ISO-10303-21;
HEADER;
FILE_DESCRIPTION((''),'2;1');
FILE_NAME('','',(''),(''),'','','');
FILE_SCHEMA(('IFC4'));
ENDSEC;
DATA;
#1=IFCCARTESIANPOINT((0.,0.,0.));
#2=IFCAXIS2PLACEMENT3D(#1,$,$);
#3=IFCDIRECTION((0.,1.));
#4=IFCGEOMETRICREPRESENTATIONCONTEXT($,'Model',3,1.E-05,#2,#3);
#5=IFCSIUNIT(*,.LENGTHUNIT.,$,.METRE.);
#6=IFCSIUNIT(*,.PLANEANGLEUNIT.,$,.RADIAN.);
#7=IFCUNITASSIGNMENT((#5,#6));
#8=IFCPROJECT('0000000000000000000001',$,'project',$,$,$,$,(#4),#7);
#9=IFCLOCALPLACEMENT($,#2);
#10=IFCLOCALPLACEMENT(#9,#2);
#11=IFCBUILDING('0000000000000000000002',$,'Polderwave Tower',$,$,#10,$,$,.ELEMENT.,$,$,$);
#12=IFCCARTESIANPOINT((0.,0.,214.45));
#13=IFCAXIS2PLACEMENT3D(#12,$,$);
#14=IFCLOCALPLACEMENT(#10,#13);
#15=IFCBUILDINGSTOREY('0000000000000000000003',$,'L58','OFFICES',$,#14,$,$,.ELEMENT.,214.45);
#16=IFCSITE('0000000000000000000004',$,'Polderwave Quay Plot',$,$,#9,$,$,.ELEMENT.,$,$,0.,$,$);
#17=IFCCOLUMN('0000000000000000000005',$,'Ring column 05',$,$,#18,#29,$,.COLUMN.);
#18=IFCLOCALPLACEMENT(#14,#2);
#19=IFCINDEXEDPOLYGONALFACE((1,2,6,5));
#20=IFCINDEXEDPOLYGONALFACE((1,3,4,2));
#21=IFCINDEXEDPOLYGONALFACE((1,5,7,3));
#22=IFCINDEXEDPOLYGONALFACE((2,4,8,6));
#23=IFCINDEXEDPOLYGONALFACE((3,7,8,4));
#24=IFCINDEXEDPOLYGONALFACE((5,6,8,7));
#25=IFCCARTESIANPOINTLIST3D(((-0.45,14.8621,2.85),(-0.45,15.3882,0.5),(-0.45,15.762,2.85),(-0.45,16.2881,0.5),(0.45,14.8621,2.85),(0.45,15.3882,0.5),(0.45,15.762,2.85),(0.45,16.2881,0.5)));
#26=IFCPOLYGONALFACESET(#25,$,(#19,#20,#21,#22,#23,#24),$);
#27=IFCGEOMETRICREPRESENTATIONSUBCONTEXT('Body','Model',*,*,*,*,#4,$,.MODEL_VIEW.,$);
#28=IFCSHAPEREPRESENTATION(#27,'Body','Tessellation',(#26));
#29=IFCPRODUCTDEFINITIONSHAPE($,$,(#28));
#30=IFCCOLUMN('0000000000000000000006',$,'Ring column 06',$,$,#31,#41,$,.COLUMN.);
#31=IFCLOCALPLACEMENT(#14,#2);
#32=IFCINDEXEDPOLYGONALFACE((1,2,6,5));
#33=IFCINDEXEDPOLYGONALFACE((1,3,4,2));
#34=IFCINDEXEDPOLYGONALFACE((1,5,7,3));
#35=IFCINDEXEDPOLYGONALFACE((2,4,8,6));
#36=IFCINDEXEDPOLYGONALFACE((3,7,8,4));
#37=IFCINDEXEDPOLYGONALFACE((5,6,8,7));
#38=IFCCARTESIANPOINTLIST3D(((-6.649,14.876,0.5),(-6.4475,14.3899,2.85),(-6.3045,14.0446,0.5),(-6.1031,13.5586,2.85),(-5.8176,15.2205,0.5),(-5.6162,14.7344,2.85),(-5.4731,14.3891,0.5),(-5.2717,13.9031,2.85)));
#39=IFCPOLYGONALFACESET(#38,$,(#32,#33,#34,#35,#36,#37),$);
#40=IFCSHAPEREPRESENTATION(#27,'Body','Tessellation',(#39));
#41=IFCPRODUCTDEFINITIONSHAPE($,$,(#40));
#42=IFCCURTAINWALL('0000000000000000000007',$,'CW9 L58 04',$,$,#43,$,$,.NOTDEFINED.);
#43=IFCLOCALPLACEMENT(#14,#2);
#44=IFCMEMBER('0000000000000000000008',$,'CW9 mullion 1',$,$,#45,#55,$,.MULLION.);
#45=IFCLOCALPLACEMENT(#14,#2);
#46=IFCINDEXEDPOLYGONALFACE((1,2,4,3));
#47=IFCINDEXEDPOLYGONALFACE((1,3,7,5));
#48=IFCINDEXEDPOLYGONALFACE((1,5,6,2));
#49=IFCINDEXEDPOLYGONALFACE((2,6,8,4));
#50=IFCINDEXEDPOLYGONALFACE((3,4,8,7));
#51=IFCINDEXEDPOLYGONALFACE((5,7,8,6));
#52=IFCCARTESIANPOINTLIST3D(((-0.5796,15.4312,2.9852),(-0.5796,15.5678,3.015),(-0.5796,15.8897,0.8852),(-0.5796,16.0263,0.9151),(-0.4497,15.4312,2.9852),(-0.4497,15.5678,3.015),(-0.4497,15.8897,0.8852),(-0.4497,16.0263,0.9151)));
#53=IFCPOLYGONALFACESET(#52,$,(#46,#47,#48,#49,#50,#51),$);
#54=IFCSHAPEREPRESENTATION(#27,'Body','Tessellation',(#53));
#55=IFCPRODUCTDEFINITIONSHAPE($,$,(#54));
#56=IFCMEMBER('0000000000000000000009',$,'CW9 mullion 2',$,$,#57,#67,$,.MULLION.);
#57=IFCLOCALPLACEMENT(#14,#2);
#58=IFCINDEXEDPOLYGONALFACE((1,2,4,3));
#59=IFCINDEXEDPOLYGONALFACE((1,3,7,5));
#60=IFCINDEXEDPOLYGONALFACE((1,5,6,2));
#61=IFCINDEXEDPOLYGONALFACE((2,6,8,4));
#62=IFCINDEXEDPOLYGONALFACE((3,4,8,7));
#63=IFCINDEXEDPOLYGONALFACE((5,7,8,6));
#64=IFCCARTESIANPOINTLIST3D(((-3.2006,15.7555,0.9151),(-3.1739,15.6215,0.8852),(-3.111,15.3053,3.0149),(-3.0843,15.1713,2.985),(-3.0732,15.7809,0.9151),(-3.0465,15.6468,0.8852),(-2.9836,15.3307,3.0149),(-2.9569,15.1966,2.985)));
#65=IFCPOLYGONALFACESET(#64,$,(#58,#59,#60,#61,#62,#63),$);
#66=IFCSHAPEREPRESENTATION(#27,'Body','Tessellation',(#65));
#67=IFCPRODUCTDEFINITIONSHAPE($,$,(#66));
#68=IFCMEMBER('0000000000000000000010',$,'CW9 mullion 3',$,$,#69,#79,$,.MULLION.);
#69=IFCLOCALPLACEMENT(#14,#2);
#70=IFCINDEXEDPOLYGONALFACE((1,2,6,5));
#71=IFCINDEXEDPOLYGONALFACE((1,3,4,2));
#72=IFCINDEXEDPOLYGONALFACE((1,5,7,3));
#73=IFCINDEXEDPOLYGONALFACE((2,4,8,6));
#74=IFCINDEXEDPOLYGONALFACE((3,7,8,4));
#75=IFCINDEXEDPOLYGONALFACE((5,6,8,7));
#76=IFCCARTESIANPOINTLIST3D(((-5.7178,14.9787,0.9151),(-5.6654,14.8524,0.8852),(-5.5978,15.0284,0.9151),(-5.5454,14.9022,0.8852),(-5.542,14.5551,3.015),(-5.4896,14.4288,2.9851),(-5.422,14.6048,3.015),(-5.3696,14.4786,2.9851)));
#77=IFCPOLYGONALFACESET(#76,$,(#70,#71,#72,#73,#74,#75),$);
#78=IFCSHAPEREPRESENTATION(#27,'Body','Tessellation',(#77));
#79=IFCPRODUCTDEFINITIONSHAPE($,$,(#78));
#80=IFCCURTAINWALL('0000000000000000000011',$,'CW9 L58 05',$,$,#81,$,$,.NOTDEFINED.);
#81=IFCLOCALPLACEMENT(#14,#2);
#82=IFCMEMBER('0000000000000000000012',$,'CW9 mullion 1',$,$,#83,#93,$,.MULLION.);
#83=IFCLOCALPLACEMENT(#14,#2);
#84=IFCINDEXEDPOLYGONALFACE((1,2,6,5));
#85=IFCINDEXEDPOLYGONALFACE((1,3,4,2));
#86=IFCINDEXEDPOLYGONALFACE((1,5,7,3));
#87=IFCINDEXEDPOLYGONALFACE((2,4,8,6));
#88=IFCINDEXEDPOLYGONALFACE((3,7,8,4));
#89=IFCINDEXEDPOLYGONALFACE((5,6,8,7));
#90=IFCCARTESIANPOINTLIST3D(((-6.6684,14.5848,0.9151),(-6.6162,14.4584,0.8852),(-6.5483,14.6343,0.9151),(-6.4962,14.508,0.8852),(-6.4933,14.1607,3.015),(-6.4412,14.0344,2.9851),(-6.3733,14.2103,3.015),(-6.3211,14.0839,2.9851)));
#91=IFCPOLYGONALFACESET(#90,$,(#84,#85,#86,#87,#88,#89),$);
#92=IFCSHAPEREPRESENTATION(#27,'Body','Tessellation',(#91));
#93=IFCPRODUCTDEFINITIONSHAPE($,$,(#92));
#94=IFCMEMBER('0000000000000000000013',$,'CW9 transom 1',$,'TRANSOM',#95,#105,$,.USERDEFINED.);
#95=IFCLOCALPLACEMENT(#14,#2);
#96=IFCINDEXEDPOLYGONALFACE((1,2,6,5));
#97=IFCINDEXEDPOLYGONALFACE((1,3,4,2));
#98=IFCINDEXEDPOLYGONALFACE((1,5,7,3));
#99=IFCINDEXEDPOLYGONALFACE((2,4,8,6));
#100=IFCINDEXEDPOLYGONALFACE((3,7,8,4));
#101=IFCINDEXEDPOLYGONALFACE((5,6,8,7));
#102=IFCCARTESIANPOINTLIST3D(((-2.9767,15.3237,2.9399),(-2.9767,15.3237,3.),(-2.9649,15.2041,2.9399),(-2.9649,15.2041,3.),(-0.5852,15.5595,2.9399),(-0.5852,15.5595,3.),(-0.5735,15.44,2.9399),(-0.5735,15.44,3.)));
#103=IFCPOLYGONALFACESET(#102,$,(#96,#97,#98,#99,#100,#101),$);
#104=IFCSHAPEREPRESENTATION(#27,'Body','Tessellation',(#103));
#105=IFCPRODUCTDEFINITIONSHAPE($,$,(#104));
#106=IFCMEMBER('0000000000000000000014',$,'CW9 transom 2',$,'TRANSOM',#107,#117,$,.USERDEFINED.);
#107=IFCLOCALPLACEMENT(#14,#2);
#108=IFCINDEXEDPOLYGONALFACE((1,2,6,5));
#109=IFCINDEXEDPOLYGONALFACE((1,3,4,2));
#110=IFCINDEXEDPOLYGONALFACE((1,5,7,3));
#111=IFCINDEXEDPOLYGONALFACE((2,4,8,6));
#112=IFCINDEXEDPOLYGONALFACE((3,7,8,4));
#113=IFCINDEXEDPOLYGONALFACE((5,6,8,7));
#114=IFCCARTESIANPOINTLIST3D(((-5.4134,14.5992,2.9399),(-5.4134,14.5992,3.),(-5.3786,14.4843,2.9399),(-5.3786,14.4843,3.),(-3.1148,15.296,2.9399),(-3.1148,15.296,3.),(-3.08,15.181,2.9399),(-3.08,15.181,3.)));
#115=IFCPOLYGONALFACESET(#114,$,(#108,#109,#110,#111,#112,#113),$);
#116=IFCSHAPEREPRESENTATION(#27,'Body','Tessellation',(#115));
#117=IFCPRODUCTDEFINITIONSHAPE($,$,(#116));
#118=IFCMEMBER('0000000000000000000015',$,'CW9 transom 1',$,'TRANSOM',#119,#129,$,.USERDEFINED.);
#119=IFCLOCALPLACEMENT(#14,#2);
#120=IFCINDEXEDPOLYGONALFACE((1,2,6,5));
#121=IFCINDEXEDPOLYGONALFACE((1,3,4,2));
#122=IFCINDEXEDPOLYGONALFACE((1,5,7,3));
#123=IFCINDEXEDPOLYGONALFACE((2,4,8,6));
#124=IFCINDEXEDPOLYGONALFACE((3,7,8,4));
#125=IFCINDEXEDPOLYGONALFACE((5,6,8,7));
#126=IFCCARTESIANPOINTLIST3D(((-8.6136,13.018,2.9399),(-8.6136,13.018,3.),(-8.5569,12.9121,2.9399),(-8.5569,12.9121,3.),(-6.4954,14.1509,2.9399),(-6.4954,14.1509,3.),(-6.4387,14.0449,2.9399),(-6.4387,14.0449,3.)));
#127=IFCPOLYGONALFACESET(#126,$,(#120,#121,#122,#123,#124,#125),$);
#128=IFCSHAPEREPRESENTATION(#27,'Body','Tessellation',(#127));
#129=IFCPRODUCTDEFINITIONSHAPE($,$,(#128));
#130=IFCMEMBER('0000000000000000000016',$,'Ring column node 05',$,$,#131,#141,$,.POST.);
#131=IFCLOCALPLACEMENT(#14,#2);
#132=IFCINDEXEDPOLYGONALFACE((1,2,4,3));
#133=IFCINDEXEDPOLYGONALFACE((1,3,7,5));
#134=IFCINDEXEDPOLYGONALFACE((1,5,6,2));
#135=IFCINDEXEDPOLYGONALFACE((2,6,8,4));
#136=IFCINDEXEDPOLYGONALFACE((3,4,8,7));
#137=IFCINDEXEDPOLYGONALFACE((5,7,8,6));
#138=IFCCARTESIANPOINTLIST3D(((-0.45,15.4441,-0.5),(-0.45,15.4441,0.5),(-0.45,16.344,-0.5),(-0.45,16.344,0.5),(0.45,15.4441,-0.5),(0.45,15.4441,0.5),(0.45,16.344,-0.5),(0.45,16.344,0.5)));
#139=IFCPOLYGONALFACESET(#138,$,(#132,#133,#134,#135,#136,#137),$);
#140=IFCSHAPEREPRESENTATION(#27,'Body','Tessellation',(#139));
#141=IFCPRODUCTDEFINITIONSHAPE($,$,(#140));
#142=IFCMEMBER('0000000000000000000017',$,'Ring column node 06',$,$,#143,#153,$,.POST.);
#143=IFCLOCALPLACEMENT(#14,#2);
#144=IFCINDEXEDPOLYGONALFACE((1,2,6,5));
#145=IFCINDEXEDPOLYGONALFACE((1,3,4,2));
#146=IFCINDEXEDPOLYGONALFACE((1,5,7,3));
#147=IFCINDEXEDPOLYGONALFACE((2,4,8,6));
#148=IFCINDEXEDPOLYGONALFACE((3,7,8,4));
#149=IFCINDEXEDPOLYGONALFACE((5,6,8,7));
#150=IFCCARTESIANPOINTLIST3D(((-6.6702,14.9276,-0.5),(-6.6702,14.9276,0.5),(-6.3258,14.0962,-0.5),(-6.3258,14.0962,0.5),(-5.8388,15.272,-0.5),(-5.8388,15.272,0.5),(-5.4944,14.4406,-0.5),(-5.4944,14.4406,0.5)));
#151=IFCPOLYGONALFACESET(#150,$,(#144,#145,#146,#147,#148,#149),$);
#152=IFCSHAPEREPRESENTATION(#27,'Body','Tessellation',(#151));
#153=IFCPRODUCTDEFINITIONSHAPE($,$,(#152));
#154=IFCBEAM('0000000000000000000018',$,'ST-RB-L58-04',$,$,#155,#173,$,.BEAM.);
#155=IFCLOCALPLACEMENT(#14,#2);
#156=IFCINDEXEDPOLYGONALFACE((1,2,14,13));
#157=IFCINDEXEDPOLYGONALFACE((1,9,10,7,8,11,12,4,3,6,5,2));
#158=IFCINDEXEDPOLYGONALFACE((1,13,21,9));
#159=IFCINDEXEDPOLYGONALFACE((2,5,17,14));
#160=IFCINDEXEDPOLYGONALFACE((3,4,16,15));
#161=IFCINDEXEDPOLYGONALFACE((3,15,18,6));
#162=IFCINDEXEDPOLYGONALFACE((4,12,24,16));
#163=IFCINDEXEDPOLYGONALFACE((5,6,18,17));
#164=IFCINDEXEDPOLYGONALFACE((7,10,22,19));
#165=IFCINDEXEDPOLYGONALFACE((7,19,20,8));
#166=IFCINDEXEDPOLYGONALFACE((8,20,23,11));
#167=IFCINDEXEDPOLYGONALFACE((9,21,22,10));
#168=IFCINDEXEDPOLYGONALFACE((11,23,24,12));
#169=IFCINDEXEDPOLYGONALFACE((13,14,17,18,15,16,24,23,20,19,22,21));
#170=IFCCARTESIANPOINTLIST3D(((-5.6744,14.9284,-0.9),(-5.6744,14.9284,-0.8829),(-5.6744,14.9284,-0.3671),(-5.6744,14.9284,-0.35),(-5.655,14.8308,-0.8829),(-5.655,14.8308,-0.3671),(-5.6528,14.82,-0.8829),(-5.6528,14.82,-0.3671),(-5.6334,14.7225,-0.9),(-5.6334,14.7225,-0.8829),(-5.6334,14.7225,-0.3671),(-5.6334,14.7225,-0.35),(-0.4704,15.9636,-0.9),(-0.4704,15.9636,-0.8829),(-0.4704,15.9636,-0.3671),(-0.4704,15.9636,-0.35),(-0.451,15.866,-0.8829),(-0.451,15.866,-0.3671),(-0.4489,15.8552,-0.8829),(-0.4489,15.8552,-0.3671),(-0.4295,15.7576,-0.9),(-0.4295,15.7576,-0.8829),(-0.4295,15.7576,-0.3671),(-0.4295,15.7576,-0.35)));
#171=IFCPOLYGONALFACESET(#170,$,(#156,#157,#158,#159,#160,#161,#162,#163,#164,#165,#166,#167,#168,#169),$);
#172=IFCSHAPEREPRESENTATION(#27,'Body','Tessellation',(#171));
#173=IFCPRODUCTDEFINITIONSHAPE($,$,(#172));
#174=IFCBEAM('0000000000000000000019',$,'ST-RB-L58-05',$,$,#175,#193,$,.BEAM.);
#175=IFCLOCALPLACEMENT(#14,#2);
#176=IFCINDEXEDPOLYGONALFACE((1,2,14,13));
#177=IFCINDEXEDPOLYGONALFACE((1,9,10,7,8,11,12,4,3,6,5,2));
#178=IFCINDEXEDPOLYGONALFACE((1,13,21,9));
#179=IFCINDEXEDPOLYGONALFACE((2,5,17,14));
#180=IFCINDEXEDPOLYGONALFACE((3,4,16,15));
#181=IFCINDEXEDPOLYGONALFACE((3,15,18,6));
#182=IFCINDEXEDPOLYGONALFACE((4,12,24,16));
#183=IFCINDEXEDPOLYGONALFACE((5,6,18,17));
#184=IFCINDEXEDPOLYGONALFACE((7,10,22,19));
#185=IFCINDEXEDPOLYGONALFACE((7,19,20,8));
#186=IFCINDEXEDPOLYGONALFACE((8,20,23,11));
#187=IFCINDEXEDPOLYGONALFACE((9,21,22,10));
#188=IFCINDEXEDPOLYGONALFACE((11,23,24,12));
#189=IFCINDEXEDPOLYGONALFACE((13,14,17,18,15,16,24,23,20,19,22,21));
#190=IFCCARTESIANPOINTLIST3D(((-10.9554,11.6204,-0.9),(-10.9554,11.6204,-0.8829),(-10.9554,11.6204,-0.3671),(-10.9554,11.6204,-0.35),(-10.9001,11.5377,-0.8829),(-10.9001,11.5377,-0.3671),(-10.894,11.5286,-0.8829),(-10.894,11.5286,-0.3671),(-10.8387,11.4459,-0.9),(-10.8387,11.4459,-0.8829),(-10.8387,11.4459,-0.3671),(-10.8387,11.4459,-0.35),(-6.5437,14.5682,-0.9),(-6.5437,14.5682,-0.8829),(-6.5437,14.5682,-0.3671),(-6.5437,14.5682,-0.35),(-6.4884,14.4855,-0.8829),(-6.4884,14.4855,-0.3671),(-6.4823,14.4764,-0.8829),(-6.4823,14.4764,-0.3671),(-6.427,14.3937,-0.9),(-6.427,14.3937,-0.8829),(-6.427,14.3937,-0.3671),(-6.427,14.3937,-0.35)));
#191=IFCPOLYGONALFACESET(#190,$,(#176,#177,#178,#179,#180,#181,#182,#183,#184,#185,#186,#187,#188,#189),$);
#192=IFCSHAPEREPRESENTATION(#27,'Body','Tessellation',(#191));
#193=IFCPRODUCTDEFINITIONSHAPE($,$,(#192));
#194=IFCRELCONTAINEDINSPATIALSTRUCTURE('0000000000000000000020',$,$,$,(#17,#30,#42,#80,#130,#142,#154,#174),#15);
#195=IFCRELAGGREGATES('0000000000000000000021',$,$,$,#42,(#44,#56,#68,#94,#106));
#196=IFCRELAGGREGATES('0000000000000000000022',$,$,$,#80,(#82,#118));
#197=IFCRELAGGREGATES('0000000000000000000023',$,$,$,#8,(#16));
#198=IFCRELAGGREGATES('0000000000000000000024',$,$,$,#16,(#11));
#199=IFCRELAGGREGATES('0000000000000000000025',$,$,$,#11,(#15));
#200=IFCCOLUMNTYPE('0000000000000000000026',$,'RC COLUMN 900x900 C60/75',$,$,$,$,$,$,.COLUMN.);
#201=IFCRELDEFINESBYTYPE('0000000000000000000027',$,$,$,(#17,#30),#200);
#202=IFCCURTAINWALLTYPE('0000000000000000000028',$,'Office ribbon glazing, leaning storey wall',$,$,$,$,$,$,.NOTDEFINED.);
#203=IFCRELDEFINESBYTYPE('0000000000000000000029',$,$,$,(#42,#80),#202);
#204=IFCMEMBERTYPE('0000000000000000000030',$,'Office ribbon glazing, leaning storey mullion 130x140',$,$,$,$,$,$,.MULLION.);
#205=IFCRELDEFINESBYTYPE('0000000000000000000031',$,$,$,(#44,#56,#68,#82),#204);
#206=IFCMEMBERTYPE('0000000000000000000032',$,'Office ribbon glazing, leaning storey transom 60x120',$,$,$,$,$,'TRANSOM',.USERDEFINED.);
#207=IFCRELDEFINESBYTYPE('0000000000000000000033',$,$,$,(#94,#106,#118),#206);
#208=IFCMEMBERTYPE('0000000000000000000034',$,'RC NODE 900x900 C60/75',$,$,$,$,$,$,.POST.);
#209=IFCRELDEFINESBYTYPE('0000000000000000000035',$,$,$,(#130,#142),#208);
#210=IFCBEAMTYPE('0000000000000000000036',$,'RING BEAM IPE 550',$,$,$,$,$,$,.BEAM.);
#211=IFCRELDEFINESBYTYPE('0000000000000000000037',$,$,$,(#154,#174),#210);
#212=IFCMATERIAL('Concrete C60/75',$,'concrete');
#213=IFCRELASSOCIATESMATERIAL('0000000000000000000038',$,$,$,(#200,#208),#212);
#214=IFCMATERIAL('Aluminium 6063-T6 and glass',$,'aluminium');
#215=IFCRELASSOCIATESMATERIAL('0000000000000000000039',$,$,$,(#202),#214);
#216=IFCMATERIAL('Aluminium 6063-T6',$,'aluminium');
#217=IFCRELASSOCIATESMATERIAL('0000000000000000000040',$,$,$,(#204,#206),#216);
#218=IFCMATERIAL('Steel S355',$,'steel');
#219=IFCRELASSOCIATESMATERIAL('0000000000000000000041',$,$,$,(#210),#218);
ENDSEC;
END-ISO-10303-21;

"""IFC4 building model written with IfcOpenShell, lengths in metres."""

from ifc_helpers import new_model, si_unit, direction, frame, origin, origin_2d, place, context, subcontext, project, spatial, rectangle, i_section, extrude, material, material_profile, profile_set, type_object, element, aggregate, save


model = new_model("IFC4")

# Units and contexts
model_context = context("Model", 3, precision=1e-05, world=origin(), true_north=direction((0.0, 1.0)))
body_context = subcontext(model_context, "Body", "Model", "MODEL_VIEW")
ifc_project = project(units=[si_unit("LENGTHUNIT", "METRE"), si_unit("PLANEANGLEUNIT", "RADIAN")], contexts=[model_context])

# Site, building, storey
site_placement = place(None, origin())
site = spatial("IfcSite", under=ifc_project, at=site_placement, Name="Polderwave Quay Plot", CompositionType="ELEMENT", RefElevation=0.0)
building_placement = place(site_placement, origin())
building = spatial("IfcBuilding", under=site, at=building_placement, Name="Polderwave Tower", CompositionType="ELEMENT")
storey_placement = place(building_placement, frame((0.0, 0.0, 214.45)))
storey = spatial("IfcBuildingStorey", under=building, at=storey_placement, Name="L58", Description="OFFICES", CompositionType="ELEMENT", Elevation=214.45)

# Columns
ifc_material_1 = material(Name="Concrete C60/75", Category="concrete")
ifc_material_profile_1 = material_profile(ifc_material_1, rectangle(XDim=0.8999, YDim=0.8999, at=origin_2d()), Name="RC 900x900")
ifc_profile_set_1 = profile_set([ifc_material_profile_1], Name="Concrete C60/75")
column_type = type_object("IfcColumnType", Name="RC COLUMN 900x900 C60/75", PredefinedType="COLUMN", material=ifc_profile_set_1)
column_1_placement = place(storey_placement, frame((0.0, 15.8381, 0.5), z_axis=(0.0, 0.0, 1.0), x_axis=(1.0, 0.0, 0.0)))
element("IfcColumn", 1, at=column_1_placement, inside=storey, type_object=column_type, Name="Ring column 05", PredefinedType="COLUMN", context=body_context, shape_type="SweptSolid", body=[
    extrude(rectangle(XDim=0.8999, YDim=0.8999, at=origin_2d()), origin(), (0.0, -0.218465, 0.975845), 2.4082),
])
column_2_placement = place(storey_placement, frame((-6.061, 14.6326, 0.5), z_axis=(0.0, 0.0, 1.0), x_axis=(0.92383, 0.382803, 0.0)))
element("IfcColumn", 2, at=column_2_placement, inside=storey, type_object=column_type, Name="Ring column 06", PredefinedType="COLUMN", context=body_context, shape_type="SweptSolid", body=[
    extrude(rectangle(XDim=0.8999, YDim=0.8999, at=origin_2d()), origin(), (0.0, -0.21848, 0.975841), 2.4082),
])

# Curtain wall, members
ifc_material_2 = material(Name="Aluminium 6063-T6 and glass", Category="aluminium")
curtain_wall_type = type_object("IfcCurtainWallType", Name="Office ribbon glazing, leaning storey wall", PredefinedType="NOTDEFINED", material=ifc_material_2)
curtain_wall_1_placement = place(storey_placement, origin())
curtain_wall_1 = element("IfcCurtainWall", 3, at=curtain_wall_1_placement, inside=storey, type_object=curtain_wall_type, Name="CW9 L58 04", PredefinedType="NOTDEFINED")
ifc_material_3 = material(Name="Aluminium 6063-T6", Category="aluminium")
ifc_material_profile_2 = material_profile(ifc_material_3, rectangle(XDim=0.1299, YDim=0.1399, at=origin_2d()), Name="AL 130x140")
ifc_profile_set_2 = profile_set([ifc_material_profile_2], Name="Aluminium 6063-T6")
member_type_1 = type_object("IfcMemberType", Name="Office ribbon glazing, leaning storey mullion 130x140", PredefinedType="MULLION", material=ifc_profile_set_2)
member_1_placement = place(storey_placement, frame((-0.5146, 15.958, 0.9001), z_axis=(0.0, -0.213321, 0.976982), x_axis=(1.0, 0.0, 0.0)))
member_1 = element("IfcMember", 4, at=member_1_placement, type_object=member_type_1, Name="CW9 mullion 1", PredefinedType="MULLION", context=body_context, shape_type="SweptSolid", body=[
    extrude(rectangle(XDim=0.1299, YDim=0.1399, at=origin_2d()), origin(), (0.0, 0.0, 1.0), 2.1494),
])
member_2_placement = place(storey_placement, frame((-3.1235, 15.7012, 0.9001), z_axis=(0.041685, -0.209448, 0.976931), x_axis=(0.980764, 0.195196, 0.0)))
member_2 = element("IfcMember", 5, at=member_2_placement, type_object=member_type_1, Name="CW9 mullion 2", PredefinedType="MULLION", context=body_context, shape_type="SweptSolid", body=[
    extrude(rectangle(XDim=0.1299, YDim=0.1399, at=origin_2d()), origin(), (0.0, 0.0, 1.0), 2.1494),
])
member_3_placement = place(storey_placement, frame((-5.6316, 14.9404, 0.9001), z_axis=(0.081783, -0.197075, 0.976971), x_axis=(0.923627, 0.383292, 0.0)))
member_3 = element("IfcMember", 6, at=member_3_placement, type_object=member_type_1, Name="CW9 mullion 3", PredefinedType="MULLION", context=body_context, shape_type="SweptSolid", body=[
    extrude(rectangle(XDim=0.1299, YDim=0.1399, at=origin_2d()), origin(), (0.0, 0.0, 1.0), 2.1494),
])

# Curtain wall, member
curtain_wall_2_placement = place(storey_placement, origin())
curtain_wall_2 = element("IfcCurtainWall", 7, at=curtain_wall_2_placement, inside=storey, type_object=curtain_wall_type, Name="CW9 L58 05", PredefinedType="NOTDEFINED")
member_4_placement = place(storey_placement, frame((-6.5823, 14.5464, 0.9001), z_axis=(0.081441, -0.197299, 0.976955), x_axis=(0.924347, 0.381553, 0.0)))
member_4 = element("IfcMember", 8, at=member_4_placement, type_object=member_type_1, Name="CW9 mullion 1", PredefinedType="MULLION", context=body_context, shape_type="SweptSolid", body=[
    extrude(rectangle(XDim=0.1299, YDim=0.1399, at=origin_2d()), origin(), (0.0, 0.0, 1.0), 2.1494),
])

# Members
ifc_material_profile_3 = material_profile(ifc_material_3, rectangle(XDim=0.1201, YDim=0.0601, at=origin_2d()), Name="AL 60x120")
ifc_profile_set_3 = profile_set([ifc_material_profile_3], Name="Aluminium 6063-T6")
member_type_2 = type_object("IfcMemberType", Name="Office ribbon glazing, leaning storey transom 60x120", ElementType="TRANSOM", PredefinedType="USERDEFINED", material=ifc_profile_set_3)
member_5_placement = place(storey_placement, frame((-0.5793, 15.4998, 2.97), z_axis=(-0.995172, -0.098146, 0.0), x_axis=(0.098146, -0.995172, 0.0)))
member_5 = element("IfcMember", 9, at=member_5_placement, type_object=member_type_2, Name="CW9 transom 1", ObjectType="TRANSOM", PredefinedType="USERDEFINED", context=body_context, shape_type="SweptSolid", body=[
    extrude(rectangle(XDim=0.1201, YDim=0.0601, at=origin_2d()), origin(), (0.0, 0.0, 1.0), 2.4031),
])
member_6_placement = place(storey_placement, frame((-3.0974, 15.2385, 2.97), z_axis=(-0.956997, -0.290098, 0.0), x_axis=(0.290098, -0.956997, 0.0)))
member_6 = element("IfcMember", 10, at=member_6_placement, type_object=member_type_2, Name="CW9 transom 2", ObjectType="TRANSOM", PredefinedType="USERDEFINED", context=body_context, shape_type="SweptSolid", body=[
    extrude(rectangle(XDim=0.1201, YDim=0.0601, at=origin_2d()), origin(), (0.0, 0.0, 1.0), 2.4019),
])
member_7_placement = place(storey_placement, frame((-6.467, 14.0979, 2.97), z_axis=(-0.881812, -0.471601, 0.0), x_axis=(0.471601, -0.881812, 0.0)))
member_7 = element("IfcMember", 11, at=member_7_placement, type_object=member_type_2, Name="CW9 transom 1", ObjectType="TRANSOM", PredefinedType="USERDEFINED", context=body_context, shape_type="SweptSolid", body=[
    extrude(rectangle(XDim=0.1201, YDim=0.0601, at=origin_2d()), origin(), (0.0, 0.0, 1.0), 2.4021),
])

# Members
ifc_material_profile_4 = material_profile(ifc_material_1, rectangle(XDim=0.8999, YDim=0.8999, at=origin_2d()), Name="RC 900x900")
ifc_profile_set_4 = profile_set([ifc_material_profile_4], Name="Concrete C60/75")
member_type_3 = type_object("IfcMemberType", Name="RC NODE 900x900 C60/75", PredefinedType="POST", material=ifc_profile_set_4)
for number, where, z_axis, x_axis, name in (
    (12, (0.0, 15.894, -0.5), (0.0, 0.0, 1.0), (0.0, 1.0, 0.0), "Ring column node 05"),
    (13, (-6.0823, 14.6841, -0.5), (0.0, 0.0, 1.0), (-0.382683, 0.92388, 0.0), "Ring column node 06"),
):
    element("IfcMember", number, at=place(storey_placement, frame(where, z_axis=z_axis, x_axis=x_axis)), inside=storey, type_object=member_type_3, Name=name, PredefinedType="POST", context=body_context, shape_type="SweptSolid", body=[
        extrude(rectangle(XDim=0.8999, YDim=0.8999, at=origin_2d()), origin(), (0.0, 0.0, 1.0), 1.0),
    ])

# Beams
ifc_material_4 = material(Name="Steel S355", Category="steel")
ifc_material_profile_5 = material_profile(ifc_material_4, i_section(OverallWidth=0.21, OverallDepth=0.55, WebThickness=0.011, FlangeThickness=0.0171, at=origin_2d()), Name="IPE 550")
ifc_profile_set_5 = profile_set([ifc_material_profile_5], Name="Steel S355")
beam_type = type_object("IfcBeamType", Name="RING BEAM IPE 550", PredefinedType="BEAM", material=ifc_profile_set_5)
for number, where, z_axis, x_axis, name in (
    (14, (-0.45, 15.8606, -0.625), (-0.980784, -0.195098, 0.0), (0.195098, -0.980784, 0.0), "ST-RB-L58-04"),
    (15, (-6.4854, 14.481, -0.625), (-0.831469, -0.555571, 0.0), (0.555571, -0.831469, 0.0), "ST-RB-L58-05"),
):
    element("IfcBeam", number, at=place(storey_placement, frame(where, z_axis=z_axis, x_axis=x_axis)), inside=storey, type_object=beam_type, Name=name, PredefinedType="BEAM", context=body_context, shape_type="SweptSolid", body=[
        extrude(i_section(OverallWidth=0.21, OverallDepth=0.55, WebThickness=0.011, FlangeThickness=0.0171, at=origin_2d()), origin(), (0.0, 0.0, 1.0), 5.3059),
    ])

aggregate(curtain_wall_1, [member_1, member_2, member_3, member_5, member_6])
aggregate(curtain_wall_2, [member_4, member_7])

save(model, "model.ifc")
